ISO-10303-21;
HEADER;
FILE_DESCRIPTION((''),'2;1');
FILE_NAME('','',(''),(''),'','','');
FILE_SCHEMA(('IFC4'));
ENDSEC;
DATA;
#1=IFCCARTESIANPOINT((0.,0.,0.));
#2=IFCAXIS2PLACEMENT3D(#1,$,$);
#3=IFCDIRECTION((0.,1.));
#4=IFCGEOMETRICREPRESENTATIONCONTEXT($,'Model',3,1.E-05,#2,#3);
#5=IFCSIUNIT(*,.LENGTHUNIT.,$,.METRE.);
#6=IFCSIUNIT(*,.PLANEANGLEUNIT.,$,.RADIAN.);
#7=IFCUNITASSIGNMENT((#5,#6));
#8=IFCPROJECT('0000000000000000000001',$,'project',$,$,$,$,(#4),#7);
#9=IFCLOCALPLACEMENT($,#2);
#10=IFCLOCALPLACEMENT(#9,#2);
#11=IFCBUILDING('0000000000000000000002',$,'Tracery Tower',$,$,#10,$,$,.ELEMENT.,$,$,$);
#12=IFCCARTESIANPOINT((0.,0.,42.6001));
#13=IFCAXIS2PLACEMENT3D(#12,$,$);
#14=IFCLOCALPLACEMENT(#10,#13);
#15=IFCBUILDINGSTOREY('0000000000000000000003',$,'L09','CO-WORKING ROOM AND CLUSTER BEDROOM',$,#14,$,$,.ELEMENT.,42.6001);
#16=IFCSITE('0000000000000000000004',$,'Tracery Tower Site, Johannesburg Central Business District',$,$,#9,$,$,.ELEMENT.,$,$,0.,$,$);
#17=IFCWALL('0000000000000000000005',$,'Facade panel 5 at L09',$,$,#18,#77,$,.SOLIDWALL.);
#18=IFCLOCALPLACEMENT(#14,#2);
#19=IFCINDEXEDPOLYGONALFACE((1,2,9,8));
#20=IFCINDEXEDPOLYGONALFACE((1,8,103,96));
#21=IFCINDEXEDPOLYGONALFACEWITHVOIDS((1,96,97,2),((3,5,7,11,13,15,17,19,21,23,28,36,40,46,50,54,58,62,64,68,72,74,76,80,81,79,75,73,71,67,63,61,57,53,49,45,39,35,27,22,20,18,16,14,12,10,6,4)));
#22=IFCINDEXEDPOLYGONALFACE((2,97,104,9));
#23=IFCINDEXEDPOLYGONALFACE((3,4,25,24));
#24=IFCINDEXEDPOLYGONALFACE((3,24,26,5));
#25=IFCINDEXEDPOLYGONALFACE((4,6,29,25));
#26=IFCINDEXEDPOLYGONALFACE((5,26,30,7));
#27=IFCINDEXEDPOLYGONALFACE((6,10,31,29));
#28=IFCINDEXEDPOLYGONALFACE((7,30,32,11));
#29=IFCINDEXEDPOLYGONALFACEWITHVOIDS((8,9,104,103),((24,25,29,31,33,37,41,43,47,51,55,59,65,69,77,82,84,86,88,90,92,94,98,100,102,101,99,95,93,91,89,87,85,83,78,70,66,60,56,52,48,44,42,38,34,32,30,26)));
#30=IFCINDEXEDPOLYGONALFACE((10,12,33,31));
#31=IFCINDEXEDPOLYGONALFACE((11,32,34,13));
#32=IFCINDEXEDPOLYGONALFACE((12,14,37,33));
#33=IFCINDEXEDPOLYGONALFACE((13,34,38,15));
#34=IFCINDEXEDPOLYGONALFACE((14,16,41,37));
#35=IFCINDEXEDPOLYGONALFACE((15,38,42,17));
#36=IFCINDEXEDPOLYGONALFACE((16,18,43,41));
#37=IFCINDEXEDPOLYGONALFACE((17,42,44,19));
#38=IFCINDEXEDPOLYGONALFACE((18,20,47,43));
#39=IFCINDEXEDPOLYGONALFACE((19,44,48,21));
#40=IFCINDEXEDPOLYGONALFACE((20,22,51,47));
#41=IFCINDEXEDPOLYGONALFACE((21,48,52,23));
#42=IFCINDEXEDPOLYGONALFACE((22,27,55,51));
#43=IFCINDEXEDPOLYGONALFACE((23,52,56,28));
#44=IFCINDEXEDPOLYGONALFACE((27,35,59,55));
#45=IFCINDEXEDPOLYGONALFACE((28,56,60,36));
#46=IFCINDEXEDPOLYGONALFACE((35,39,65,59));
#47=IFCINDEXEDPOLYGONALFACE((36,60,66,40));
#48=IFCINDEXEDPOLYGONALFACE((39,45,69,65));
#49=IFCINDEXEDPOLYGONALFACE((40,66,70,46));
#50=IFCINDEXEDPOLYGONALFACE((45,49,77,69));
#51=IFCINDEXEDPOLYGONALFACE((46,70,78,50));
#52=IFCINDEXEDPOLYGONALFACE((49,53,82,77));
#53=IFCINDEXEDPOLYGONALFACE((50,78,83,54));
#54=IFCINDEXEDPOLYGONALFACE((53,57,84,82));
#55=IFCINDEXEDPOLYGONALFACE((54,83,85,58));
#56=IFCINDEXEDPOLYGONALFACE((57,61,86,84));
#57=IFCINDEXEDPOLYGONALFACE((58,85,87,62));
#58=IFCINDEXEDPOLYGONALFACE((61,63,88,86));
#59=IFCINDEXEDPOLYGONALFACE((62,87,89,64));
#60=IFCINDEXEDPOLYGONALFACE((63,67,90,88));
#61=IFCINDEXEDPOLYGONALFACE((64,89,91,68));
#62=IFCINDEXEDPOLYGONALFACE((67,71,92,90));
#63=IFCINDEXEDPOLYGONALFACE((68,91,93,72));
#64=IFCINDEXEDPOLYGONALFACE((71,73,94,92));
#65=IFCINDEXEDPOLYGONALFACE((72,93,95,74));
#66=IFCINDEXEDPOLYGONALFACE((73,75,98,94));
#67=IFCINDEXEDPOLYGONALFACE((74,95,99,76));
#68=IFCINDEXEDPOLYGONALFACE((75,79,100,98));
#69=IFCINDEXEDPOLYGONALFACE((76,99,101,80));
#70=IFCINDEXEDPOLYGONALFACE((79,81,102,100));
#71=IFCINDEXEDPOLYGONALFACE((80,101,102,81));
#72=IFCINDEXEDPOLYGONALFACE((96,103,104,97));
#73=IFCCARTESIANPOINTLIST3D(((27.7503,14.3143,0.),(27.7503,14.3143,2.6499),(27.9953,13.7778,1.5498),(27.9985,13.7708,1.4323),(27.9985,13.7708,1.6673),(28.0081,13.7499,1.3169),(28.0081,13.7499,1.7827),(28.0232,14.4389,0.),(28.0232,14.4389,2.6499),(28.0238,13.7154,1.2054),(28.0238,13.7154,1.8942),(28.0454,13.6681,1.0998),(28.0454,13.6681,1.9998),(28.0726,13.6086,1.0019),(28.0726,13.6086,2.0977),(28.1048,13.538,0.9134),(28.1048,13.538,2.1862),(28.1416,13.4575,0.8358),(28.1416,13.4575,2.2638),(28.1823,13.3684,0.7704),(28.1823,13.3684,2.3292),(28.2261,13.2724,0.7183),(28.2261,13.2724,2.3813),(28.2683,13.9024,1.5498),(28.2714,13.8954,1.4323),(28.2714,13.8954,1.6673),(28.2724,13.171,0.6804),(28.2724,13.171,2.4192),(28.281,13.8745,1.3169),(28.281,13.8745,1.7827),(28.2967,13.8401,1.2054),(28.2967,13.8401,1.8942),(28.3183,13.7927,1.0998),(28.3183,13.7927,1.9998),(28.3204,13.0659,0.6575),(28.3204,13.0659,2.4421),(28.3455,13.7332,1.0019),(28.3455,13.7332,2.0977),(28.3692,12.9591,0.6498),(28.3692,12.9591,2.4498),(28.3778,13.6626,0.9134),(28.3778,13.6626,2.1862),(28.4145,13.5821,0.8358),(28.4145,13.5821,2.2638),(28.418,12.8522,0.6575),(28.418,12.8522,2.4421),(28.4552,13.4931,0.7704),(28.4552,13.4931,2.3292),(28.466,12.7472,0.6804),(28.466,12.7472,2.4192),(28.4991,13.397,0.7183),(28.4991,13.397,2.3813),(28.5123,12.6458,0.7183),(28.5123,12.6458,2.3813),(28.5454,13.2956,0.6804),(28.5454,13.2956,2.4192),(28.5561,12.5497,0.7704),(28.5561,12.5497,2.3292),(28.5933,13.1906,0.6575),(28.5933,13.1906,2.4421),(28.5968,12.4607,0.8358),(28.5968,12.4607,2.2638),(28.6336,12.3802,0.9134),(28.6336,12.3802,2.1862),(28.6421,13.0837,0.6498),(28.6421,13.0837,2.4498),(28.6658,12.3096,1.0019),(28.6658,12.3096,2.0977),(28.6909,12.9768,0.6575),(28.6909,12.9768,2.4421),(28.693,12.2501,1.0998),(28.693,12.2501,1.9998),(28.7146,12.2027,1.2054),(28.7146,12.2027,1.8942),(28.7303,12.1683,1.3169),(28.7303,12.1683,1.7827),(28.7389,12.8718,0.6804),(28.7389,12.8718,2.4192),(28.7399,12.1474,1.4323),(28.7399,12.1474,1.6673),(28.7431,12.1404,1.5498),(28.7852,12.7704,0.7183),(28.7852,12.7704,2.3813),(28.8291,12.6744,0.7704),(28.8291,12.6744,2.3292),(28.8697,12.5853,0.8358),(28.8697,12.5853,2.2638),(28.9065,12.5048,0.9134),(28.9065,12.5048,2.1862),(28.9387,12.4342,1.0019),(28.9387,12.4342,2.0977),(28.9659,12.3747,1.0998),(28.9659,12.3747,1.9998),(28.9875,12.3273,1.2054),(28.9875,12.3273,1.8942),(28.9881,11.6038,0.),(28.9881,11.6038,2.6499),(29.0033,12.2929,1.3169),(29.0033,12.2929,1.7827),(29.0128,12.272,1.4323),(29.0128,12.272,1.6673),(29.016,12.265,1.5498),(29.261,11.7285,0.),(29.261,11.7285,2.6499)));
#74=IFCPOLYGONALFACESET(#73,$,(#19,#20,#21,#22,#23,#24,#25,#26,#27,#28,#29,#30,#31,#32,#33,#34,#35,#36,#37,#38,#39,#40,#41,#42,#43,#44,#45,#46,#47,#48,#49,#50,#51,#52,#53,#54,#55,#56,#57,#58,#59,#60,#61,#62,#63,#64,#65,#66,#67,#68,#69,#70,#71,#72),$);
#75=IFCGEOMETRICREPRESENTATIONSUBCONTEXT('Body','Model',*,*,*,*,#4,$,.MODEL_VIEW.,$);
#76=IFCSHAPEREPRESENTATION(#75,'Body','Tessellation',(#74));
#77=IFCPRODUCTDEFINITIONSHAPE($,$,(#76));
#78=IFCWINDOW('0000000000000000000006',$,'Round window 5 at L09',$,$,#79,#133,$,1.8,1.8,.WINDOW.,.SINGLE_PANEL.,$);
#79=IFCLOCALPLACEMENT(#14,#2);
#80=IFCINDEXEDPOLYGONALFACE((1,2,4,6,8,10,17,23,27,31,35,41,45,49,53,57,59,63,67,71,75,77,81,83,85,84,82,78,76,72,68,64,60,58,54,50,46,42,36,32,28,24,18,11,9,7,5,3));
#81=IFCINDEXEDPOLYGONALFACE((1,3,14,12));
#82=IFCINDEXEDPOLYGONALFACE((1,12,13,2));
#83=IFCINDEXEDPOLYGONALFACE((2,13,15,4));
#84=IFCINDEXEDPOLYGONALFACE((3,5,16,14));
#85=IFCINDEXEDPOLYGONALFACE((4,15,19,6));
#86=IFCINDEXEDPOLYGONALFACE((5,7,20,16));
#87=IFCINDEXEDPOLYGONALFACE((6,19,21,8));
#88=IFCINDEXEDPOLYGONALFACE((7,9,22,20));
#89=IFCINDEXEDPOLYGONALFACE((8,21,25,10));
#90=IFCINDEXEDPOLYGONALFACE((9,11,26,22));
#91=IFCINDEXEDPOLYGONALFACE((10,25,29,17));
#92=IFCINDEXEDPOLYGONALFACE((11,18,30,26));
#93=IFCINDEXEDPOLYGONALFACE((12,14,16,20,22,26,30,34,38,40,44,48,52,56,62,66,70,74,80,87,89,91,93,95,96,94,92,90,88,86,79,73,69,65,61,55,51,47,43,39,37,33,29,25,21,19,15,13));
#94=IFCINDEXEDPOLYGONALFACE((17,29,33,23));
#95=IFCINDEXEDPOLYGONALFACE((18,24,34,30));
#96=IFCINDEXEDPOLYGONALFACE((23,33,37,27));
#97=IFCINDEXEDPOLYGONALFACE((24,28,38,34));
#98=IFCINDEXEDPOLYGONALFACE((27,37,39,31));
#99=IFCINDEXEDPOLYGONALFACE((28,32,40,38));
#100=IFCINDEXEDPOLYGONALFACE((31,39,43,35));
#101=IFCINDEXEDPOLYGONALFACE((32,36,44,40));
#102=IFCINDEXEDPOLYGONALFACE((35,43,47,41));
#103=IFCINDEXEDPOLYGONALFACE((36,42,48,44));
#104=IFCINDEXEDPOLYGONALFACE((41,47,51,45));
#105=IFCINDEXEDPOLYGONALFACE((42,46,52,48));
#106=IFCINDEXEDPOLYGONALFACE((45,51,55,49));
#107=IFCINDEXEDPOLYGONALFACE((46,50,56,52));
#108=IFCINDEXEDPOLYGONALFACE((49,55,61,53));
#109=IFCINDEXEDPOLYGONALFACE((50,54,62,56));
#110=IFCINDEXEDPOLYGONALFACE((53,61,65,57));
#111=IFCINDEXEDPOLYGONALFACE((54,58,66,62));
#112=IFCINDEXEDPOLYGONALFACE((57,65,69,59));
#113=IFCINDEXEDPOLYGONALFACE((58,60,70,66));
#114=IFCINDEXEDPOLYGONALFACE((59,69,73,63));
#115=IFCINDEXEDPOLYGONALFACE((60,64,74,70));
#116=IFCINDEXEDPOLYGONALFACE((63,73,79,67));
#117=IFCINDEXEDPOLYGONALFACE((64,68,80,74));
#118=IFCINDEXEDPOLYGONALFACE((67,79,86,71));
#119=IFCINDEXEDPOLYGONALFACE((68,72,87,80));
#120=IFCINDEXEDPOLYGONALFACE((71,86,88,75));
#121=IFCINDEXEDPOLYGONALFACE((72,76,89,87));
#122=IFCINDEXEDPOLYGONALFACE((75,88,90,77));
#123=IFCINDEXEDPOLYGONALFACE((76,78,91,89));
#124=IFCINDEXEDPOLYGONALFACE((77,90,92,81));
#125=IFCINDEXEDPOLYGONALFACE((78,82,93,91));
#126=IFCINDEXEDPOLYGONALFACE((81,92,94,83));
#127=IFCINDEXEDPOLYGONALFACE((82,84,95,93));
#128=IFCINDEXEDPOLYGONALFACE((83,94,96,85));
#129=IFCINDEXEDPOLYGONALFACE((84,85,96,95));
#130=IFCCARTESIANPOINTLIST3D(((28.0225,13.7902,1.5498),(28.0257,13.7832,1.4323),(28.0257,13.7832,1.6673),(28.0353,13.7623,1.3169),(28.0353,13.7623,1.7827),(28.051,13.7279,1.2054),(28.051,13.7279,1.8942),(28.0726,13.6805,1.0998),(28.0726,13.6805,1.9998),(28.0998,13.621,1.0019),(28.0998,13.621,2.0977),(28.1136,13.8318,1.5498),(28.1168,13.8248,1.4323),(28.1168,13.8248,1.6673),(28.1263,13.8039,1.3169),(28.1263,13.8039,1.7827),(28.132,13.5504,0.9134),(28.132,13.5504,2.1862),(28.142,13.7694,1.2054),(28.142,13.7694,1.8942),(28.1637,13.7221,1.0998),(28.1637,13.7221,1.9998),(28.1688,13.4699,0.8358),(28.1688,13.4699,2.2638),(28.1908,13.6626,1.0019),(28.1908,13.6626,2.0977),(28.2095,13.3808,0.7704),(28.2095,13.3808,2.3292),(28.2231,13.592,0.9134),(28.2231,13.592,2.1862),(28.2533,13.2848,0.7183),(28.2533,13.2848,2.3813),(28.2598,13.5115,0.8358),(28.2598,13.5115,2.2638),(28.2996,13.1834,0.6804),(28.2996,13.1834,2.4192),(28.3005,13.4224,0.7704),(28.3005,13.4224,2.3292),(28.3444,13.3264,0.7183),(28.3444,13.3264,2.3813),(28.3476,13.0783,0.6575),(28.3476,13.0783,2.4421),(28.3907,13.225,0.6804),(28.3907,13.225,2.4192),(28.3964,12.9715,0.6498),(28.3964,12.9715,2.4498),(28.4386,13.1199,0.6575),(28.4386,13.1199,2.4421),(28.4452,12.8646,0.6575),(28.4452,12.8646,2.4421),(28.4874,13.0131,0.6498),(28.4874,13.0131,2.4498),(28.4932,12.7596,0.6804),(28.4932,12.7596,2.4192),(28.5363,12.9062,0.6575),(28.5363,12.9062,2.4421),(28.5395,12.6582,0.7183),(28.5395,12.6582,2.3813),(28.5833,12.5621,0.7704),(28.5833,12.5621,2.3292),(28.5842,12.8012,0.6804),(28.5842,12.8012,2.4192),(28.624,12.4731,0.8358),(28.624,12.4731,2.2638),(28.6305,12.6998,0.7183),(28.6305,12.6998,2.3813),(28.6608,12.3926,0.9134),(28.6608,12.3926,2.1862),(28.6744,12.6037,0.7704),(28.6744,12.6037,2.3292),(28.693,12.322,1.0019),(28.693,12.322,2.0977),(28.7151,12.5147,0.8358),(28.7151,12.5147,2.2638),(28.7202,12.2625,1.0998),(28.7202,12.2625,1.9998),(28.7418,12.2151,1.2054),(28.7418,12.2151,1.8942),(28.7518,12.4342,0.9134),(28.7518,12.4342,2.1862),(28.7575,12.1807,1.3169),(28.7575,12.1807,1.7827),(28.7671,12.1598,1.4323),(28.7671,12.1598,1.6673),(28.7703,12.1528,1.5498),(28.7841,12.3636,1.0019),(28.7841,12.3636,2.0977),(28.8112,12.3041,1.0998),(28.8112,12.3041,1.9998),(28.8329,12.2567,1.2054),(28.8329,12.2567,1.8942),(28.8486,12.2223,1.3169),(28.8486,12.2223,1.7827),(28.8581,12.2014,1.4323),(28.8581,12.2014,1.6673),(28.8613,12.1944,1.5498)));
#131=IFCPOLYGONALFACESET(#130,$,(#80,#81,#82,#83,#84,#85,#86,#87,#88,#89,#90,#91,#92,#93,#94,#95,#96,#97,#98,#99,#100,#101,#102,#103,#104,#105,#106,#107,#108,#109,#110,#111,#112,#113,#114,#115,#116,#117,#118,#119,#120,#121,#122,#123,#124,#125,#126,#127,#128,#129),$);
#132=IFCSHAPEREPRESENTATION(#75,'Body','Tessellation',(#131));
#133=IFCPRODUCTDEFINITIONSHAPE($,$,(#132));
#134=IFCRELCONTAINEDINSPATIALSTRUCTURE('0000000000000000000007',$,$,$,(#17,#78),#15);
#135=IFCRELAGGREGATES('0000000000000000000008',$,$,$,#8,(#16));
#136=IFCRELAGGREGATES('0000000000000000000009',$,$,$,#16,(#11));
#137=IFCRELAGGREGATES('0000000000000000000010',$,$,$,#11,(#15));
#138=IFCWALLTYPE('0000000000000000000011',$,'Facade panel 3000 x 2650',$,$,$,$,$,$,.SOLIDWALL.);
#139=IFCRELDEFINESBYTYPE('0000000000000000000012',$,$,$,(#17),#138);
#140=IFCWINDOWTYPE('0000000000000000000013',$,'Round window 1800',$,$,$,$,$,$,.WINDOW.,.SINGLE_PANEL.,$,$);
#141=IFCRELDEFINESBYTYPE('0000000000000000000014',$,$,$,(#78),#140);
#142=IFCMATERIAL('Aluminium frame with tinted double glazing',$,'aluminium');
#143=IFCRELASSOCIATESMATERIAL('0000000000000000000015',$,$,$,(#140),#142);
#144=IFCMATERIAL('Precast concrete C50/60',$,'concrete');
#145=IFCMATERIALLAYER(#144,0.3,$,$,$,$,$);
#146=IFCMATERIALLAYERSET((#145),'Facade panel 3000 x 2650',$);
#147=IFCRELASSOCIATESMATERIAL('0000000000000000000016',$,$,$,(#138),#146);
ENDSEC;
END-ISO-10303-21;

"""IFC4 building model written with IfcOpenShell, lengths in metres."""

from ifc_helpers import new_model, si_unit, direction, frame, frame_2d, origin, origin_2d, place, context, subcontext, project, spatial, rectangle, circle, extrude, material, layer, layer_set, type_object, element, fill, save


model = new_model("IFC4")

# Units and contexts
model_context = context("Model", 3, precision=1e-05, world=origin(), true_north=direction((0.0, 1.0)))
body_context = subcontext(model_context, "Body", "Model", "MODEL_VIEW")
ifc_project = project(units=[si_unit("LENGTHUNIT", "METRE"), si_unit("PLANEANGLEUNIT", "RADIAN")], contexts=[model_context])

# Site, building, storey
site_placement = place(None, origin())
site = spatial("IfcSite", under=ifc_project, at=site_placement, Name="Tracery Tower Site, Johannesburg Central Business District", CompositionType="ELEMENT", RefElevation=0.0)
building_placement = place(site_placement, origin())
building = spatial("IfcBuilding", under=site, at=building_placement, Name="Tracery Tower", CompositionType="ELEMENT")
storey_placement = place(building_placement, frame((0.0, 0.0, 42.6001)))
storey = spatial("IfcBuildingStorey", under=building, at=storey_placement, Name="L09", Description="CO-WORKING ROOM AND CLUSTER BEDROOM", CompositionType="ELEMENT", Elevation=42.6001)

# Wall, opening, window
ifc_material_1 = material(Name="Aluminium frame with tinted double glazing", Category="aluminium")
window_type = type_object("IfcWindowType", Name="Round window 1800", PartitioningType="SINGLE_PANEL", PredefinedType="WINDOW", material=ifc_material_1)
ifc_material_2 = material(Name="Precast concrete C50/60", Category="concrete")
ifc_layer_1 = layer(ifc_material_2, 0.3)
ifc_layer_set_1 = layer_set([ifc_layer_1], Name="Facade panel 3000 x 2650")
wall_type_1 = type_object("IfcWallType", Name="Facade panel 3000 x 2650", PredefinedType="SOLIDWALL", material=ifc_layer_set_1)
wall_1_placement = place(storey_placement, frame((29.1245, 11.6663, 0.0), z_axis=(0.0, 0.0, 1.0), x_axis=(-0.415407, 0.909636, 0.0)))
wall_1 = element("IfcWall", 1, at=wall_1_placement, inside=storey, type_object=wall_type_1, Name="Facade panel 5 at L09", PredefinedType="SOLIDWALL", context=body_context, shape_type="SweptSolid", body=[
    extrude(rectangle(XDim=2.9797, YDim=0.3, at=frame_2d((1.4897, 0.0))), origin(), (0.0, 0.0, 1.0), 2.6499),
])
opening_1_placement = place(wall_1_placement, frame((1.4897, 0.0, 1.5498)))
opening_1 = element("IfcOpeningElement", 2, at=opening_1_placement, cuts=wall_1, PredefinedType="OPENING", context=body_context, shape_type="SweptSolid", body=[
    extrude(circle(Radius=0.9, at=origin_2d()), frame((0.0, 0.1599, 0.0), z_axis=(0.0, -1.0, 0.0), x_axis=(1.0, 0.0, 0.0)), (0.0, 0.0, 1.0), 0.3201),
])
window_1_placement = place(opening_1_placement, origin())
window_1 = element("IfcWindow", 3, at=window_1_placement, inside=storey, type_object=window_type, Name="Round window 5 at L09", OverallHeight=1.8, OverallWidth=1.8, PartitioningType="SINGLE_PANEL", PredefinedType="WINDOW", context=body_context, shape_type="SweptSolid", body=[
    extrude(circle(Radius=0.9, at=origin_2d()), frame((0.0, 0.1201, 0.0), z_axis=(0.0, -1.0, 0.0), x_axis=(1.0, 0.0, 0.0)), (0.0, 0.0, 1.0), 0.1001),
])
fill(opening_1, window_1)

save(model, "model.ifc")
